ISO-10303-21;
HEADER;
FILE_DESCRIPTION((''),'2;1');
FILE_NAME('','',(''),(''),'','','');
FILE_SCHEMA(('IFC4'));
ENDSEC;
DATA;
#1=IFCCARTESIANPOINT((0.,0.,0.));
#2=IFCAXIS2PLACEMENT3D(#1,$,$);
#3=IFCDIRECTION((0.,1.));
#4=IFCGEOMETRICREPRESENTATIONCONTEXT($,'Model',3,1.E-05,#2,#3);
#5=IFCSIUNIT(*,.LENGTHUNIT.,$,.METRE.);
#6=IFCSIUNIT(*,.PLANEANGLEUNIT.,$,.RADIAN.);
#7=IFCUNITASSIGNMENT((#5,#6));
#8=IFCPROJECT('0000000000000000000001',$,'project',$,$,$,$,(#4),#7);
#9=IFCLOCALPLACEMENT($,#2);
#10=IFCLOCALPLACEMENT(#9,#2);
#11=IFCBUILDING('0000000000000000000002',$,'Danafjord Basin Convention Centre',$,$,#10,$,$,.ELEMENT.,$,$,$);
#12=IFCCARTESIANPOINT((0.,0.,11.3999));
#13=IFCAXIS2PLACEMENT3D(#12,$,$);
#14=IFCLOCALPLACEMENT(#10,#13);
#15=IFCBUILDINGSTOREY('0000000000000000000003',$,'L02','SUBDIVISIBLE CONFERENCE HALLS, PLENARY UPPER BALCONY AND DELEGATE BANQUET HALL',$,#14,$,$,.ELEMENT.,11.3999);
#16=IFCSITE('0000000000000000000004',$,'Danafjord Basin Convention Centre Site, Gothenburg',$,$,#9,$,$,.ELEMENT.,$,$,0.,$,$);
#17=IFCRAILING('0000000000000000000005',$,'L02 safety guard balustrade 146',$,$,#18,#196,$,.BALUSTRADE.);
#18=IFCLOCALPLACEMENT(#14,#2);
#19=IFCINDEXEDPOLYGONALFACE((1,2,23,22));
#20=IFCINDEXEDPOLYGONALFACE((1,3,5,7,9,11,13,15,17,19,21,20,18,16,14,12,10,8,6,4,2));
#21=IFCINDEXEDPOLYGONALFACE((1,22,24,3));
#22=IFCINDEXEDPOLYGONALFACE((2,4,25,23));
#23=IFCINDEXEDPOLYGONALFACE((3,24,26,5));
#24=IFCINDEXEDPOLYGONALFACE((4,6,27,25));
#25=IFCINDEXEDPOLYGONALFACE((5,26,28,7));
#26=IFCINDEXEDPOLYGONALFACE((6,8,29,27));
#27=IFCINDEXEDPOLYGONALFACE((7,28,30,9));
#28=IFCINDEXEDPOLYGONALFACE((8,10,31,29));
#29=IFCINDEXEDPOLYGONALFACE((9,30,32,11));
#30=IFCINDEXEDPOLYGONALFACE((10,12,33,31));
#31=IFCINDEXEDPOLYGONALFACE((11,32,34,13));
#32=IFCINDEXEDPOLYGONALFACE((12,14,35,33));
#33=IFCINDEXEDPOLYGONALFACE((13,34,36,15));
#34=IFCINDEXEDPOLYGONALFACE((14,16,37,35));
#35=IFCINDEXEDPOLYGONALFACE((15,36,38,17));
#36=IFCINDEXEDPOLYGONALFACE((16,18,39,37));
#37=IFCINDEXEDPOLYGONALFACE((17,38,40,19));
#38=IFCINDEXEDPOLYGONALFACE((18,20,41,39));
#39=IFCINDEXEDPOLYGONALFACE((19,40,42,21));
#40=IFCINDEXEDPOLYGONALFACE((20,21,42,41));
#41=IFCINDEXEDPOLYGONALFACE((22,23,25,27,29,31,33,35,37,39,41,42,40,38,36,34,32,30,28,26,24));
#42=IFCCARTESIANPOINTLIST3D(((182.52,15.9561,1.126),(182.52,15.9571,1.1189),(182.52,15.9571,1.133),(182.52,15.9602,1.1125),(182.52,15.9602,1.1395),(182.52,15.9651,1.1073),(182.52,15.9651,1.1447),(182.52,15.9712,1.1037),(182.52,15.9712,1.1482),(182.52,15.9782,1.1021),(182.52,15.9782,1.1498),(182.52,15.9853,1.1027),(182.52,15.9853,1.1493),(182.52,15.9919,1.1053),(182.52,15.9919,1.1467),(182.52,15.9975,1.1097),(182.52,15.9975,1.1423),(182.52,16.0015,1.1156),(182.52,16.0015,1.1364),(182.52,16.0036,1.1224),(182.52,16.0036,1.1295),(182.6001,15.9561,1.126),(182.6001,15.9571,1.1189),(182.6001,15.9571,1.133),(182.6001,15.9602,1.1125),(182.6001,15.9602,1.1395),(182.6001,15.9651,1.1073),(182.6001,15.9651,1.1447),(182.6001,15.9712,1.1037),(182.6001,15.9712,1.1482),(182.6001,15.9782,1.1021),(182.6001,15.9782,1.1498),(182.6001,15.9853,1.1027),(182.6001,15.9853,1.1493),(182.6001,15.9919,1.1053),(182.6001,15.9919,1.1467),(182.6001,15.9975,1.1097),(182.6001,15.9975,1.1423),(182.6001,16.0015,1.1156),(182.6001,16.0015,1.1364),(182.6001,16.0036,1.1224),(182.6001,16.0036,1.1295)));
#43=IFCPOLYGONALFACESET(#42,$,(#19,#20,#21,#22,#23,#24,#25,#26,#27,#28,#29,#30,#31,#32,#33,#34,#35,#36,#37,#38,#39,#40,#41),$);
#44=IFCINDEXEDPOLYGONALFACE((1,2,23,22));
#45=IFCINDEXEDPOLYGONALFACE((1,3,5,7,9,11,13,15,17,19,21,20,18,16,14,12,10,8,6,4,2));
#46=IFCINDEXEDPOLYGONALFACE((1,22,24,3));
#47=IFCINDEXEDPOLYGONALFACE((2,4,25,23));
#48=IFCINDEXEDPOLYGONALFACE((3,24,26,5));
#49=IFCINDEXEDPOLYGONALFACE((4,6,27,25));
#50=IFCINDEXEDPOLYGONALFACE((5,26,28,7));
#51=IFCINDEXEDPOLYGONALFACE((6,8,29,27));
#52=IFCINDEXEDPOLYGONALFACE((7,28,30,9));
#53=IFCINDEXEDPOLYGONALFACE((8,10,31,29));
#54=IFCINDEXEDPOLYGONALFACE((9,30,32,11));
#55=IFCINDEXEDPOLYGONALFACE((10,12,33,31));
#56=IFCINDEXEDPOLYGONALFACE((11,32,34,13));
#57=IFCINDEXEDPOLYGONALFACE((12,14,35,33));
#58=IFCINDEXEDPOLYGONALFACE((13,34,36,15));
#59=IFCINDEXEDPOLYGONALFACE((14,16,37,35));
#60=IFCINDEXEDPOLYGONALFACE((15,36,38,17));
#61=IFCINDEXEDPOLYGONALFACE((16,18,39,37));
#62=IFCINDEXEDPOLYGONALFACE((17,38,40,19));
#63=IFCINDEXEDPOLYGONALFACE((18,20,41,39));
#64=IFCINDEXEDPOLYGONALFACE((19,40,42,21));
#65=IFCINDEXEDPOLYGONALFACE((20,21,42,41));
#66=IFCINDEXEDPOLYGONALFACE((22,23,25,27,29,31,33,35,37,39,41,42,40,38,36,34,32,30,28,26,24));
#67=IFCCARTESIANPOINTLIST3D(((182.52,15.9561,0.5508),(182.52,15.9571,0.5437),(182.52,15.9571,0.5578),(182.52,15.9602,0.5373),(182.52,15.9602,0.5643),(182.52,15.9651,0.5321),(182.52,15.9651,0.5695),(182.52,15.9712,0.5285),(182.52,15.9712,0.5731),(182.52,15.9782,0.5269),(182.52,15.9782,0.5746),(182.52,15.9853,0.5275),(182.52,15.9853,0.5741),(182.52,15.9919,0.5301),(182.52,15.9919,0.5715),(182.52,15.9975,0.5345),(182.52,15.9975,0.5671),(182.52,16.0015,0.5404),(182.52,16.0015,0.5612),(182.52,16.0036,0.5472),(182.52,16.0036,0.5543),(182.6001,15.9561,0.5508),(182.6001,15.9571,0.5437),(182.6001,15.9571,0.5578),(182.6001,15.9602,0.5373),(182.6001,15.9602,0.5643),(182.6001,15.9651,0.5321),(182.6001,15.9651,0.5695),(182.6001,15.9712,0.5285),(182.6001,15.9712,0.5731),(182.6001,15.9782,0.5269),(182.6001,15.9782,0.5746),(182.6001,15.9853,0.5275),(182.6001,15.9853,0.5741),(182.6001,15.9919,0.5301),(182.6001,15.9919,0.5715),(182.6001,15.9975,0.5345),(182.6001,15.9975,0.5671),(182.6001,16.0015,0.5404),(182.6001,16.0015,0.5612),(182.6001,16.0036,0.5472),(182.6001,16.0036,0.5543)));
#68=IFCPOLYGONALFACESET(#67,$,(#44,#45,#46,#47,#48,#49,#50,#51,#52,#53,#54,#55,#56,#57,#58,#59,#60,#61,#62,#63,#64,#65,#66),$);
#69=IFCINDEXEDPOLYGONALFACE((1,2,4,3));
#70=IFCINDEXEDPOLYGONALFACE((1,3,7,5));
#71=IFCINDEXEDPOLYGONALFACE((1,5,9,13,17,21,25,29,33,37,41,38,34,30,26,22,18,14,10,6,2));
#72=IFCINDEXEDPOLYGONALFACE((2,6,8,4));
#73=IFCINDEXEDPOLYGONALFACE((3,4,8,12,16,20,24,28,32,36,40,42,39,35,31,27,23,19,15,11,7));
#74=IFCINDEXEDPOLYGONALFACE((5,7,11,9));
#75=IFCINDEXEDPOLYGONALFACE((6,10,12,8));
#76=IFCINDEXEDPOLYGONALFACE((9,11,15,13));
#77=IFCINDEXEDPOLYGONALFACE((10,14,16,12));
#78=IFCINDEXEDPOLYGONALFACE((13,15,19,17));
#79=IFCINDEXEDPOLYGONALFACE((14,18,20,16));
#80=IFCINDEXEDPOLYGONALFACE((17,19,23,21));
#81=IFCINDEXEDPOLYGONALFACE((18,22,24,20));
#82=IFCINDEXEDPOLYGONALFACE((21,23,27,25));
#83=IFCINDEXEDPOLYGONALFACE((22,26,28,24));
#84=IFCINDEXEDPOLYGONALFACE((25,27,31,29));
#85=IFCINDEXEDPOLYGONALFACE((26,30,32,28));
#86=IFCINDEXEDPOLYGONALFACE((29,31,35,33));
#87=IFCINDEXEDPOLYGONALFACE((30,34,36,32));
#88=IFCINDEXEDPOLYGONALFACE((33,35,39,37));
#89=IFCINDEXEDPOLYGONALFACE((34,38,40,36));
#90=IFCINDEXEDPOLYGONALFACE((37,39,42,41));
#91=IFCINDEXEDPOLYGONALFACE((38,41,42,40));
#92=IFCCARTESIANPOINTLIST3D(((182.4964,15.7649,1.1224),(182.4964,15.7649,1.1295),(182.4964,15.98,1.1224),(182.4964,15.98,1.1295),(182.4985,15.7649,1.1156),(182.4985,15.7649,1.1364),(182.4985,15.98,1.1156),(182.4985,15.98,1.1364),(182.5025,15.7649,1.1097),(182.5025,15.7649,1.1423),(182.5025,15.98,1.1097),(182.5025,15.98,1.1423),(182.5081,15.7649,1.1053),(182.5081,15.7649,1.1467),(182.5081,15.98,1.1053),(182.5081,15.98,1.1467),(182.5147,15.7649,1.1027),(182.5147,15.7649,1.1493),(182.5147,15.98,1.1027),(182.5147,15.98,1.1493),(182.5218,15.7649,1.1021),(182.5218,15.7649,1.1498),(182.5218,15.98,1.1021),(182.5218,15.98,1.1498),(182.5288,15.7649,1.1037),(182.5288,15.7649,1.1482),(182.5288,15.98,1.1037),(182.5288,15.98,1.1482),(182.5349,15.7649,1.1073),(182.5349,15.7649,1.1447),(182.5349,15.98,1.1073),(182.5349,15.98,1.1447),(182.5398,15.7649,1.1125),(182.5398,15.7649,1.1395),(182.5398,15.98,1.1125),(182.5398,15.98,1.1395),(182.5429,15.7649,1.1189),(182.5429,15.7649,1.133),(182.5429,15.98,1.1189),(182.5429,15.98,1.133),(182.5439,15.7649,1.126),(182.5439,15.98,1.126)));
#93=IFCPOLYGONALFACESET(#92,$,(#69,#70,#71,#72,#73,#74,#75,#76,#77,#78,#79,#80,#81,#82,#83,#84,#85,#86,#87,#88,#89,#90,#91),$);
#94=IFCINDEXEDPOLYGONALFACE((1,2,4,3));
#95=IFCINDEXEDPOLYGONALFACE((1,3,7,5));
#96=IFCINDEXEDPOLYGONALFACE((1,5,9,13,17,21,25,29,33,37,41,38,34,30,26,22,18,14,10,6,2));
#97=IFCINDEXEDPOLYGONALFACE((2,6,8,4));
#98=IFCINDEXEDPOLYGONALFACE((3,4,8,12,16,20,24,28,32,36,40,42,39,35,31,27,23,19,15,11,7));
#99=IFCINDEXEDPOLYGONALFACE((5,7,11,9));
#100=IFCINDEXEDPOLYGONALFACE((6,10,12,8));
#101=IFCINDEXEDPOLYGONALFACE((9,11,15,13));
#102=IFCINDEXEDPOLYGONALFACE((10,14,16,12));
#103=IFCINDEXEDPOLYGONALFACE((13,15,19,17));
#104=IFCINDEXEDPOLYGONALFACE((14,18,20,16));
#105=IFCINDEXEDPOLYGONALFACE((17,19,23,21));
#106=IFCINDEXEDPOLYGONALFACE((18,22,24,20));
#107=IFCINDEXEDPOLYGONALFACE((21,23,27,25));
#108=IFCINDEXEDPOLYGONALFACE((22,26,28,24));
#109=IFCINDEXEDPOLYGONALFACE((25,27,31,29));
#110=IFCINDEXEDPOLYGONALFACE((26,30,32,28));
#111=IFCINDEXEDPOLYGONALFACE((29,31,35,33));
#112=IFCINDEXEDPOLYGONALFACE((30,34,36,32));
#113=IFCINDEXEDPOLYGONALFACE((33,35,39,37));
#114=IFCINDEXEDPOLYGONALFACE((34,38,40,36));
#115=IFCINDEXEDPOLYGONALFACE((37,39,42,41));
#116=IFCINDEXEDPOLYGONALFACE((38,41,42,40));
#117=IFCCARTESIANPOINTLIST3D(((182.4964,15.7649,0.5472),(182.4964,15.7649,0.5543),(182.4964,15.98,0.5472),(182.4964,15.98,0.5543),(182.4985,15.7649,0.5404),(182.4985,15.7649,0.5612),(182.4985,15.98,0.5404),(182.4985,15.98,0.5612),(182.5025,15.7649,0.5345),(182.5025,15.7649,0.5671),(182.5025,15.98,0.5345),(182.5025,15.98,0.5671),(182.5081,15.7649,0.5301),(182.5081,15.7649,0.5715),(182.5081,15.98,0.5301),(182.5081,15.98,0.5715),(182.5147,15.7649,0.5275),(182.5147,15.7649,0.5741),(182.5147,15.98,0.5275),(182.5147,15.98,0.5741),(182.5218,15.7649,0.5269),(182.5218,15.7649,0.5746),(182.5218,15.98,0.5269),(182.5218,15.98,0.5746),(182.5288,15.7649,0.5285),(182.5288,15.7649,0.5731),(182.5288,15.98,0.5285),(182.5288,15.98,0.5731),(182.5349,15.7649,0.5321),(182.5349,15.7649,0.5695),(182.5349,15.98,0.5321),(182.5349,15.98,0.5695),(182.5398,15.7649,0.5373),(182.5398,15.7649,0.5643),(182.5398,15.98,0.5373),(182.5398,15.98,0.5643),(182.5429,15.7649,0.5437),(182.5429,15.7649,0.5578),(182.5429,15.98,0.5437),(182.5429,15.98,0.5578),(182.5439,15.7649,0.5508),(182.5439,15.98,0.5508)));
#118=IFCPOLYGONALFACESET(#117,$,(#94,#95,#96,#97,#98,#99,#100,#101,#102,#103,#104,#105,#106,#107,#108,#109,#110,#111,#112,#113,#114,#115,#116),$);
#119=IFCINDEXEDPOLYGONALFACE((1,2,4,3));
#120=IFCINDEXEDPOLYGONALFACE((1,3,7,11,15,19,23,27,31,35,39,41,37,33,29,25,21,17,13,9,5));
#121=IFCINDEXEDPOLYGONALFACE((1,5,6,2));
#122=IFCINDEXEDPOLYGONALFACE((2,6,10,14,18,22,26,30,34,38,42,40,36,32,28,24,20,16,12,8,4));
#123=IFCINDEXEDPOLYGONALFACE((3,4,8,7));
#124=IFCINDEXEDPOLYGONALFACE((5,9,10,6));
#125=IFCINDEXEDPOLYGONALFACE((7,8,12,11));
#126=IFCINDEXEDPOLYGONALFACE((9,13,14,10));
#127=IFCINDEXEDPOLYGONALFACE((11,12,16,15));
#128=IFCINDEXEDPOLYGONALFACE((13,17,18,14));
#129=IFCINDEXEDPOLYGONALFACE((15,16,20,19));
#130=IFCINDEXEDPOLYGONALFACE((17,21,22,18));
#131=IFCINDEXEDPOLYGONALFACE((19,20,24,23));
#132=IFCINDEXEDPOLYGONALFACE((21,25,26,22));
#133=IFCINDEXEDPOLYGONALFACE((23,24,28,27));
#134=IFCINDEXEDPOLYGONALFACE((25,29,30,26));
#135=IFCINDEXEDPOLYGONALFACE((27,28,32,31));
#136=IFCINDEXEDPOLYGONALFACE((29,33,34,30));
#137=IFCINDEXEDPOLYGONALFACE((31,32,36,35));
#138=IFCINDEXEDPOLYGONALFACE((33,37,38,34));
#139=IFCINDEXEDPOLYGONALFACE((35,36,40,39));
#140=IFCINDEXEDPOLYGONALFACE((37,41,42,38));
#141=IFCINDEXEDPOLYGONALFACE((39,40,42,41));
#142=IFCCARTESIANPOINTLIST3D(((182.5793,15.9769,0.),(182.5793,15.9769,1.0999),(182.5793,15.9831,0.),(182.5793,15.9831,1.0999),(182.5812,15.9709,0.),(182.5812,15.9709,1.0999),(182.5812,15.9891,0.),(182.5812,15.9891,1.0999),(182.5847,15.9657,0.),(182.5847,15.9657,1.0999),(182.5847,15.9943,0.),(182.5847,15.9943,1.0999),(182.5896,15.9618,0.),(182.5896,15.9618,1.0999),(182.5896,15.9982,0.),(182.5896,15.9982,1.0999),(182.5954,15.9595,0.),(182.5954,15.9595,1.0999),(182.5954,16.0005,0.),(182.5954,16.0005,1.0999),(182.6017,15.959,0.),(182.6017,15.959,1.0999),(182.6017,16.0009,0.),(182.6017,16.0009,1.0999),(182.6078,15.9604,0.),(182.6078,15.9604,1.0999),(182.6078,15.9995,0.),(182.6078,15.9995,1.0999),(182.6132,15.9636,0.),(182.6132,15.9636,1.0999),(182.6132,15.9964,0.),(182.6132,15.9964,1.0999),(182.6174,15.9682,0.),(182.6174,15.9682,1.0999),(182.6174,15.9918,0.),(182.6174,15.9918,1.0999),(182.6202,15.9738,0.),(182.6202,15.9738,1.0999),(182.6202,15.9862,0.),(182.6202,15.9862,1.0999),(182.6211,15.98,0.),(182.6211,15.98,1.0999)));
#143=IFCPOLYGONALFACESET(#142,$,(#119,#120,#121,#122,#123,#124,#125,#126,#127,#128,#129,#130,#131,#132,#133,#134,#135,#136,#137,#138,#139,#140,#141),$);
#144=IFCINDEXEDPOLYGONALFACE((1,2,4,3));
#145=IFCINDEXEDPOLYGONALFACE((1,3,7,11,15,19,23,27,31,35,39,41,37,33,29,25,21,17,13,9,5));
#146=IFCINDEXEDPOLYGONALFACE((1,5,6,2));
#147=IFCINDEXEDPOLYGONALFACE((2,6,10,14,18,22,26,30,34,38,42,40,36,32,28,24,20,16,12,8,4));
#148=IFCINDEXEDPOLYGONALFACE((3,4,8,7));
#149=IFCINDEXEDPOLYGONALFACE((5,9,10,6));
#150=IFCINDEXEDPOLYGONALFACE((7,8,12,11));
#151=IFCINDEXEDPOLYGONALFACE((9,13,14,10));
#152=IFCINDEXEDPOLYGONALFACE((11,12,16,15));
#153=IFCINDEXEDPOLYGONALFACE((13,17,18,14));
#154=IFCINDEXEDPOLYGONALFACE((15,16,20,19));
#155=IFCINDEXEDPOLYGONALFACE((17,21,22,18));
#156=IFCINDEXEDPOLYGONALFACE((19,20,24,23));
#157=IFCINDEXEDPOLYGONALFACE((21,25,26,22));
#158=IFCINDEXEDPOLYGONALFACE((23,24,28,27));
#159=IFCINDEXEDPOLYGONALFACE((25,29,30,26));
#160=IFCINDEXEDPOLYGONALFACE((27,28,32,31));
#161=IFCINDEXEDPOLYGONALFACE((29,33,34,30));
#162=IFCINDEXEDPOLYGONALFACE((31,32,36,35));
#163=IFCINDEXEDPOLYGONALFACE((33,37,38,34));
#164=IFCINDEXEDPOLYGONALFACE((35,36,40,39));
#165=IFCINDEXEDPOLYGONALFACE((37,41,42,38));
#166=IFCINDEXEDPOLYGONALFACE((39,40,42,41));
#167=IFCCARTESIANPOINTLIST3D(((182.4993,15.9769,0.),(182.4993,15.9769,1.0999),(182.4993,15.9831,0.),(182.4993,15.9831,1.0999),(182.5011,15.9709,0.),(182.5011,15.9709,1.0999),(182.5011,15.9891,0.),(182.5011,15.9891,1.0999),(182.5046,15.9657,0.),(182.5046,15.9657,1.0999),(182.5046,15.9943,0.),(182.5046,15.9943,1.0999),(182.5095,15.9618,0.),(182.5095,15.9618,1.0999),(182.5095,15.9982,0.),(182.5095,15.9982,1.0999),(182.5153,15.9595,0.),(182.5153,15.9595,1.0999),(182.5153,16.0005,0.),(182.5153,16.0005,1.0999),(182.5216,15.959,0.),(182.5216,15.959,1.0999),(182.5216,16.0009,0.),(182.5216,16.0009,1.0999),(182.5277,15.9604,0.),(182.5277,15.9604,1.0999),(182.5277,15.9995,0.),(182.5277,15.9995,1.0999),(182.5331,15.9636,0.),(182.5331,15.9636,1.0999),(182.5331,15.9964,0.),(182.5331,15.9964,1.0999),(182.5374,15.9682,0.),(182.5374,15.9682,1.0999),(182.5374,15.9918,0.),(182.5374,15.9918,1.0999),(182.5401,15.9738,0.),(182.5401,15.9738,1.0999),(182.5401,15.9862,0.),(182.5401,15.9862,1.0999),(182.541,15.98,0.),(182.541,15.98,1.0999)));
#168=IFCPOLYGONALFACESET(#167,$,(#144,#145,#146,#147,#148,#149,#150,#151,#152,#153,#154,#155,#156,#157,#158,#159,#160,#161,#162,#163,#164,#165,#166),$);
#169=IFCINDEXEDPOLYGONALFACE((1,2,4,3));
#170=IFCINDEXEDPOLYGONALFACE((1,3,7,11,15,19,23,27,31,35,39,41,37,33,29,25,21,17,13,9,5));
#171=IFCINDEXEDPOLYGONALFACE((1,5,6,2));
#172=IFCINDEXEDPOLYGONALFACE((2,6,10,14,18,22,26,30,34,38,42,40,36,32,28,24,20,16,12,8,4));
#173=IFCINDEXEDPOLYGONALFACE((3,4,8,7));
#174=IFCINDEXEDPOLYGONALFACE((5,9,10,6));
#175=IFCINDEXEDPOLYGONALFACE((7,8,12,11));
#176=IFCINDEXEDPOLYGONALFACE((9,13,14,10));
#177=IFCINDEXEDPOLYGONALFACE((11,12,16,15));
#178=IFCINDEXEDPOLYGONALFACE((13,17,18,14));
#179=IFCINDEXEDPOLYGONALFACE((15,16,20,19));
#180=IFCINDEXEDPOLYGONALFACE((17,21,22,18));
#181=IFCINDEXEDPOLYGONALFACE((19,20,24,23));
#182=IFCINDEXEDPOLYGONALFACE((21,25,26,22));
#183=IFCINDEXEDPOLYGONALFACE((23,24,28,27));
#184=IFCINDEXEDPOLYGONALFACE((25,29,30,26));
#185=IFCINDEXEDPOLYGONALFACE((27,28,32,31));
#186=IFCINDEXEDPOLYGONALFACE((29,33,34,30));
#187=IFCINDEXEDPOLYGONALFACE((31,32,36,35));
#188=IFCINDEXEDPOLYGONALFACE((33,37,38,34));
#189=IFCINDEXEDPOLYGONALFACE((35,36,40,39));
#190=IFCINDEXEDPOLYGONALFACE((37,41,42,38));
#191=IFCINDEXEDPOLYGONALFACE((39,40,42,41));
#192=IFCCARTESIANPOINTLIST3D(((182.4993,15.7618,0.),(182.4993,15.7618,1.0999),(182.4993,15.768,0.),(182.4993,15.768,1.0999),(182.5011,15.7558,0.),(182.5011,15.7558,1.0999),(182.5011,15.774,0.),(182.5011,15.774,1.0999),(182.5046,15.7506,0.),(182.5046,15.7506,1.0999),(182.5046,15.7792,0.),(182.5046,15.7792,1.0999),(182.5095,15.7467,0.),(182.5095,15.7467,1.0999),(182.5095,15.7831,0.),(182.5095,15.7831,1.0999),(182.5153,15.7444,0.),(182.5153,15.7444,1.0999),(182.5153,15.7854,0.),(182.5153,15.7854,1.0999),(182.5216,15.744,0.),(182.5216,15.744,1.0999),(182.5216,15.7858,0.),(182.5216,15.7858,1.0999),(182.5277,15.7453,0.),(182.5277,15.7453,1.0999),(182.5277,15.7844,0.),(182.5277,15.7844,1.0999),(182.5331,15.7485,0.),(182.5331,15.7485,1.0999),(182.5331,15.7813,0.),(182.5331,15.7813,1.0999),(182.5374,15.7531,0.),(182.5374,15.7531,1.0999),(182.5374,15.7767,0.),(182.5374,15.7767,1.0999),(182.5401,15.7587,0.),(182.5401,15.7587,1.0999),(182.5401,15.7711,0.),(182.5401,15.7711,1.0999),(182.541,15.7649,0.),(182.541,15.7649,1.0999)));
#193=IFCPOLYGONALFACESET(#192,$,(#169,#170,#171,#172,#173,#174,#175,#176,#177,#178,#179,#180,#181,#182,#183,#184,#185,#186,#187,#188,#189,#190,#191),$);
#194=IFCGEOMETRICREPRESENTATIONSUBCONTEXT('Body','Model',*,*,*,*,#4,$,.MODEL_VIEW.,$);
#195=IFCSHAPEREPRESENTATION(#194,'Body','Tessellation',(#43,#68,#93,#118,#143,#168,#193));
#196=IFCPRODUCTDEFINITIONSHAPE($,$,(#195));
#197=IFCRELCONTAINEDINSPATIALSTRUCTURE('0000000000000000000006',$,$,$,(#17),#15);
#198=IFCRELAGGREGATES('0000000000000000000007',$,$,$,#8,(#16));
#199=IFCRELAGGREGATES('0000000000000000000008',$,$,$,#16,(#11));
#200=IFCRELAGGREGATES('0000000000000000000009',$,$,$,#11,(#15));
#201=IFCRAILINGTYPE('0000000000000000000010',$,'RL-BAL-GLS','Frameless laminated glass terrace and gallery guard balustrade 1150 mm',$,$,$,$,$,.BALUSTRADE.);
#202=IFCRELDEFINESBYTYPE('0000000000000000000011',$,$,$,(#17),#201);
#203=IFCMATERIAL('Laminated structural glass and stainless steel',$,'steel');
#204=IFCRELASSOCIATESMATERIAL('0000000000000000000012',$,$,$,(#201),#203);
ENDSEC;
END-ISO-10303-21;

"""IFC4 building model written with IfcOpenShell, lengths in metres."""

from ifc_helpers import new_model, si_unit, direction, frame, origin, origin_2d, place, context, subcontext, project, spatial, circle, extrude, material, type_object, element, save


model = new_model("IFC4")

# Units and contexts
model_context = context("Model", 3, precision=1e-05, world=origin(), true_north=direction((0.0, 1.0)))
body_context = subcontext(model_context, "Body", "Model", "MODEL_VIEW")
ifc_project = project(units=[si_unit("LENGTHUNIT", "METRE"), si_unit("PLANEANGLEUNIT", "RADIAN")], contexts=[model_context])

# Site, building, storey
site_placement = place(None, origin())
site = spatial("IfcSite", under=ifc_project, at=site_placement, Name="Danafjord Basin Convention Centre Site, Gothenburg", CompositionType="ELEMENT", RefElevation=0.0)
building_placement = place(site_placement, origin())
building = spatial("IfcBuilding", under=site, at=building_placement, Name="Danafjord Basin Convention Centre", CompositionType="ELEMENT")
storey_placement = place(building_placement, frame((0.0, 0.0, 11.3999)))
storey = spatial("IfcBuildingStorey", under=building, at=storey_placement, Name="L02", Description="SUBDIVISIBLE CONFERENCE HALLS, PLENARY UPPER BALCONY AND DELEGATE BANQUET HALL", CompositionType="ELEMENT", Elevation=11.3999)

# Railing
ifc_material_1 = material(Name="Laminated structural glass and stainless steel", Category="steel")
railing_type_1 = type_object("IfcRailingType", Name="RL-BAL-GLS", Description="Frameless laminated glass terrace and gallery guard balustrade 1150 mm", PredefinedType="BALUSTRADE", material=ifc_material_1)
railing_1_placement = place(storey_placement, frame((182.6001, 15.98, 0.0)))
element("IfcRailing", 1, at=railing_1_placement, inside=storey, type_object=railing_type_1, Name="L02 safety guard balustrade 146", PredefinedType="BALUSTRADE", context=body_context, shape_type="SweptSolid", body=[
    extrude(circle(Radius=0.0239, at=origin_2d()), frame((0.0, 0.0, 1.126), z_axis=(-1.0, 0.0, 0.0), x_axis=(0.0, -1.0, 0.0)), (0.0, 0.0, 1.0), 0.0801),
    extrude(circle(Radius=0.0239, at=origin_2d()), frame((0.0, 0.0, 0.5508), z_axis=(-1.0, 0.0, 0.0), x_axis=(0.0, -1.0, 0.0)), (0.0, 0.0, 1.0), 0.0801),
    extrude(circle(Radius=0.0239, at=origin_2d()), frame((-0.0801, 0.0, 1.126), z_axis=(0.0, -1.0, 0.0), x_axis=(1.0, 0.0, 0.0)), (0.0, 0.0, 1.0), 0.2151),
    extrude(circle(Radius=0.0239, at=origin_2d()), frame((-0.0801, 0.0, 0.5508), z_axis=(0.0, -1.0, 0.0), x_axis=(1.0, 0.0, 0.0)), (0.0, 0.0, 1.0), 0.2151),
    extrude(circle(Radius=0.021, at=origin_2d()), origin(), (0.0, 0.0, 1.0), 1.0999),
    extrude(circle(Radius=0.021, at=origin_2d()), frame((-0.0801, 0.0, 0.0)), (0.0, 0.0, 1.0), 1.0999),
    extrude(circle(Radius=0.021, at=origin_2d()), frame((-0.0801, -0.2151, 0.0)), (0.0, 0.0, 1.0), 1.0999),
])

save(model, "model.ifc")
